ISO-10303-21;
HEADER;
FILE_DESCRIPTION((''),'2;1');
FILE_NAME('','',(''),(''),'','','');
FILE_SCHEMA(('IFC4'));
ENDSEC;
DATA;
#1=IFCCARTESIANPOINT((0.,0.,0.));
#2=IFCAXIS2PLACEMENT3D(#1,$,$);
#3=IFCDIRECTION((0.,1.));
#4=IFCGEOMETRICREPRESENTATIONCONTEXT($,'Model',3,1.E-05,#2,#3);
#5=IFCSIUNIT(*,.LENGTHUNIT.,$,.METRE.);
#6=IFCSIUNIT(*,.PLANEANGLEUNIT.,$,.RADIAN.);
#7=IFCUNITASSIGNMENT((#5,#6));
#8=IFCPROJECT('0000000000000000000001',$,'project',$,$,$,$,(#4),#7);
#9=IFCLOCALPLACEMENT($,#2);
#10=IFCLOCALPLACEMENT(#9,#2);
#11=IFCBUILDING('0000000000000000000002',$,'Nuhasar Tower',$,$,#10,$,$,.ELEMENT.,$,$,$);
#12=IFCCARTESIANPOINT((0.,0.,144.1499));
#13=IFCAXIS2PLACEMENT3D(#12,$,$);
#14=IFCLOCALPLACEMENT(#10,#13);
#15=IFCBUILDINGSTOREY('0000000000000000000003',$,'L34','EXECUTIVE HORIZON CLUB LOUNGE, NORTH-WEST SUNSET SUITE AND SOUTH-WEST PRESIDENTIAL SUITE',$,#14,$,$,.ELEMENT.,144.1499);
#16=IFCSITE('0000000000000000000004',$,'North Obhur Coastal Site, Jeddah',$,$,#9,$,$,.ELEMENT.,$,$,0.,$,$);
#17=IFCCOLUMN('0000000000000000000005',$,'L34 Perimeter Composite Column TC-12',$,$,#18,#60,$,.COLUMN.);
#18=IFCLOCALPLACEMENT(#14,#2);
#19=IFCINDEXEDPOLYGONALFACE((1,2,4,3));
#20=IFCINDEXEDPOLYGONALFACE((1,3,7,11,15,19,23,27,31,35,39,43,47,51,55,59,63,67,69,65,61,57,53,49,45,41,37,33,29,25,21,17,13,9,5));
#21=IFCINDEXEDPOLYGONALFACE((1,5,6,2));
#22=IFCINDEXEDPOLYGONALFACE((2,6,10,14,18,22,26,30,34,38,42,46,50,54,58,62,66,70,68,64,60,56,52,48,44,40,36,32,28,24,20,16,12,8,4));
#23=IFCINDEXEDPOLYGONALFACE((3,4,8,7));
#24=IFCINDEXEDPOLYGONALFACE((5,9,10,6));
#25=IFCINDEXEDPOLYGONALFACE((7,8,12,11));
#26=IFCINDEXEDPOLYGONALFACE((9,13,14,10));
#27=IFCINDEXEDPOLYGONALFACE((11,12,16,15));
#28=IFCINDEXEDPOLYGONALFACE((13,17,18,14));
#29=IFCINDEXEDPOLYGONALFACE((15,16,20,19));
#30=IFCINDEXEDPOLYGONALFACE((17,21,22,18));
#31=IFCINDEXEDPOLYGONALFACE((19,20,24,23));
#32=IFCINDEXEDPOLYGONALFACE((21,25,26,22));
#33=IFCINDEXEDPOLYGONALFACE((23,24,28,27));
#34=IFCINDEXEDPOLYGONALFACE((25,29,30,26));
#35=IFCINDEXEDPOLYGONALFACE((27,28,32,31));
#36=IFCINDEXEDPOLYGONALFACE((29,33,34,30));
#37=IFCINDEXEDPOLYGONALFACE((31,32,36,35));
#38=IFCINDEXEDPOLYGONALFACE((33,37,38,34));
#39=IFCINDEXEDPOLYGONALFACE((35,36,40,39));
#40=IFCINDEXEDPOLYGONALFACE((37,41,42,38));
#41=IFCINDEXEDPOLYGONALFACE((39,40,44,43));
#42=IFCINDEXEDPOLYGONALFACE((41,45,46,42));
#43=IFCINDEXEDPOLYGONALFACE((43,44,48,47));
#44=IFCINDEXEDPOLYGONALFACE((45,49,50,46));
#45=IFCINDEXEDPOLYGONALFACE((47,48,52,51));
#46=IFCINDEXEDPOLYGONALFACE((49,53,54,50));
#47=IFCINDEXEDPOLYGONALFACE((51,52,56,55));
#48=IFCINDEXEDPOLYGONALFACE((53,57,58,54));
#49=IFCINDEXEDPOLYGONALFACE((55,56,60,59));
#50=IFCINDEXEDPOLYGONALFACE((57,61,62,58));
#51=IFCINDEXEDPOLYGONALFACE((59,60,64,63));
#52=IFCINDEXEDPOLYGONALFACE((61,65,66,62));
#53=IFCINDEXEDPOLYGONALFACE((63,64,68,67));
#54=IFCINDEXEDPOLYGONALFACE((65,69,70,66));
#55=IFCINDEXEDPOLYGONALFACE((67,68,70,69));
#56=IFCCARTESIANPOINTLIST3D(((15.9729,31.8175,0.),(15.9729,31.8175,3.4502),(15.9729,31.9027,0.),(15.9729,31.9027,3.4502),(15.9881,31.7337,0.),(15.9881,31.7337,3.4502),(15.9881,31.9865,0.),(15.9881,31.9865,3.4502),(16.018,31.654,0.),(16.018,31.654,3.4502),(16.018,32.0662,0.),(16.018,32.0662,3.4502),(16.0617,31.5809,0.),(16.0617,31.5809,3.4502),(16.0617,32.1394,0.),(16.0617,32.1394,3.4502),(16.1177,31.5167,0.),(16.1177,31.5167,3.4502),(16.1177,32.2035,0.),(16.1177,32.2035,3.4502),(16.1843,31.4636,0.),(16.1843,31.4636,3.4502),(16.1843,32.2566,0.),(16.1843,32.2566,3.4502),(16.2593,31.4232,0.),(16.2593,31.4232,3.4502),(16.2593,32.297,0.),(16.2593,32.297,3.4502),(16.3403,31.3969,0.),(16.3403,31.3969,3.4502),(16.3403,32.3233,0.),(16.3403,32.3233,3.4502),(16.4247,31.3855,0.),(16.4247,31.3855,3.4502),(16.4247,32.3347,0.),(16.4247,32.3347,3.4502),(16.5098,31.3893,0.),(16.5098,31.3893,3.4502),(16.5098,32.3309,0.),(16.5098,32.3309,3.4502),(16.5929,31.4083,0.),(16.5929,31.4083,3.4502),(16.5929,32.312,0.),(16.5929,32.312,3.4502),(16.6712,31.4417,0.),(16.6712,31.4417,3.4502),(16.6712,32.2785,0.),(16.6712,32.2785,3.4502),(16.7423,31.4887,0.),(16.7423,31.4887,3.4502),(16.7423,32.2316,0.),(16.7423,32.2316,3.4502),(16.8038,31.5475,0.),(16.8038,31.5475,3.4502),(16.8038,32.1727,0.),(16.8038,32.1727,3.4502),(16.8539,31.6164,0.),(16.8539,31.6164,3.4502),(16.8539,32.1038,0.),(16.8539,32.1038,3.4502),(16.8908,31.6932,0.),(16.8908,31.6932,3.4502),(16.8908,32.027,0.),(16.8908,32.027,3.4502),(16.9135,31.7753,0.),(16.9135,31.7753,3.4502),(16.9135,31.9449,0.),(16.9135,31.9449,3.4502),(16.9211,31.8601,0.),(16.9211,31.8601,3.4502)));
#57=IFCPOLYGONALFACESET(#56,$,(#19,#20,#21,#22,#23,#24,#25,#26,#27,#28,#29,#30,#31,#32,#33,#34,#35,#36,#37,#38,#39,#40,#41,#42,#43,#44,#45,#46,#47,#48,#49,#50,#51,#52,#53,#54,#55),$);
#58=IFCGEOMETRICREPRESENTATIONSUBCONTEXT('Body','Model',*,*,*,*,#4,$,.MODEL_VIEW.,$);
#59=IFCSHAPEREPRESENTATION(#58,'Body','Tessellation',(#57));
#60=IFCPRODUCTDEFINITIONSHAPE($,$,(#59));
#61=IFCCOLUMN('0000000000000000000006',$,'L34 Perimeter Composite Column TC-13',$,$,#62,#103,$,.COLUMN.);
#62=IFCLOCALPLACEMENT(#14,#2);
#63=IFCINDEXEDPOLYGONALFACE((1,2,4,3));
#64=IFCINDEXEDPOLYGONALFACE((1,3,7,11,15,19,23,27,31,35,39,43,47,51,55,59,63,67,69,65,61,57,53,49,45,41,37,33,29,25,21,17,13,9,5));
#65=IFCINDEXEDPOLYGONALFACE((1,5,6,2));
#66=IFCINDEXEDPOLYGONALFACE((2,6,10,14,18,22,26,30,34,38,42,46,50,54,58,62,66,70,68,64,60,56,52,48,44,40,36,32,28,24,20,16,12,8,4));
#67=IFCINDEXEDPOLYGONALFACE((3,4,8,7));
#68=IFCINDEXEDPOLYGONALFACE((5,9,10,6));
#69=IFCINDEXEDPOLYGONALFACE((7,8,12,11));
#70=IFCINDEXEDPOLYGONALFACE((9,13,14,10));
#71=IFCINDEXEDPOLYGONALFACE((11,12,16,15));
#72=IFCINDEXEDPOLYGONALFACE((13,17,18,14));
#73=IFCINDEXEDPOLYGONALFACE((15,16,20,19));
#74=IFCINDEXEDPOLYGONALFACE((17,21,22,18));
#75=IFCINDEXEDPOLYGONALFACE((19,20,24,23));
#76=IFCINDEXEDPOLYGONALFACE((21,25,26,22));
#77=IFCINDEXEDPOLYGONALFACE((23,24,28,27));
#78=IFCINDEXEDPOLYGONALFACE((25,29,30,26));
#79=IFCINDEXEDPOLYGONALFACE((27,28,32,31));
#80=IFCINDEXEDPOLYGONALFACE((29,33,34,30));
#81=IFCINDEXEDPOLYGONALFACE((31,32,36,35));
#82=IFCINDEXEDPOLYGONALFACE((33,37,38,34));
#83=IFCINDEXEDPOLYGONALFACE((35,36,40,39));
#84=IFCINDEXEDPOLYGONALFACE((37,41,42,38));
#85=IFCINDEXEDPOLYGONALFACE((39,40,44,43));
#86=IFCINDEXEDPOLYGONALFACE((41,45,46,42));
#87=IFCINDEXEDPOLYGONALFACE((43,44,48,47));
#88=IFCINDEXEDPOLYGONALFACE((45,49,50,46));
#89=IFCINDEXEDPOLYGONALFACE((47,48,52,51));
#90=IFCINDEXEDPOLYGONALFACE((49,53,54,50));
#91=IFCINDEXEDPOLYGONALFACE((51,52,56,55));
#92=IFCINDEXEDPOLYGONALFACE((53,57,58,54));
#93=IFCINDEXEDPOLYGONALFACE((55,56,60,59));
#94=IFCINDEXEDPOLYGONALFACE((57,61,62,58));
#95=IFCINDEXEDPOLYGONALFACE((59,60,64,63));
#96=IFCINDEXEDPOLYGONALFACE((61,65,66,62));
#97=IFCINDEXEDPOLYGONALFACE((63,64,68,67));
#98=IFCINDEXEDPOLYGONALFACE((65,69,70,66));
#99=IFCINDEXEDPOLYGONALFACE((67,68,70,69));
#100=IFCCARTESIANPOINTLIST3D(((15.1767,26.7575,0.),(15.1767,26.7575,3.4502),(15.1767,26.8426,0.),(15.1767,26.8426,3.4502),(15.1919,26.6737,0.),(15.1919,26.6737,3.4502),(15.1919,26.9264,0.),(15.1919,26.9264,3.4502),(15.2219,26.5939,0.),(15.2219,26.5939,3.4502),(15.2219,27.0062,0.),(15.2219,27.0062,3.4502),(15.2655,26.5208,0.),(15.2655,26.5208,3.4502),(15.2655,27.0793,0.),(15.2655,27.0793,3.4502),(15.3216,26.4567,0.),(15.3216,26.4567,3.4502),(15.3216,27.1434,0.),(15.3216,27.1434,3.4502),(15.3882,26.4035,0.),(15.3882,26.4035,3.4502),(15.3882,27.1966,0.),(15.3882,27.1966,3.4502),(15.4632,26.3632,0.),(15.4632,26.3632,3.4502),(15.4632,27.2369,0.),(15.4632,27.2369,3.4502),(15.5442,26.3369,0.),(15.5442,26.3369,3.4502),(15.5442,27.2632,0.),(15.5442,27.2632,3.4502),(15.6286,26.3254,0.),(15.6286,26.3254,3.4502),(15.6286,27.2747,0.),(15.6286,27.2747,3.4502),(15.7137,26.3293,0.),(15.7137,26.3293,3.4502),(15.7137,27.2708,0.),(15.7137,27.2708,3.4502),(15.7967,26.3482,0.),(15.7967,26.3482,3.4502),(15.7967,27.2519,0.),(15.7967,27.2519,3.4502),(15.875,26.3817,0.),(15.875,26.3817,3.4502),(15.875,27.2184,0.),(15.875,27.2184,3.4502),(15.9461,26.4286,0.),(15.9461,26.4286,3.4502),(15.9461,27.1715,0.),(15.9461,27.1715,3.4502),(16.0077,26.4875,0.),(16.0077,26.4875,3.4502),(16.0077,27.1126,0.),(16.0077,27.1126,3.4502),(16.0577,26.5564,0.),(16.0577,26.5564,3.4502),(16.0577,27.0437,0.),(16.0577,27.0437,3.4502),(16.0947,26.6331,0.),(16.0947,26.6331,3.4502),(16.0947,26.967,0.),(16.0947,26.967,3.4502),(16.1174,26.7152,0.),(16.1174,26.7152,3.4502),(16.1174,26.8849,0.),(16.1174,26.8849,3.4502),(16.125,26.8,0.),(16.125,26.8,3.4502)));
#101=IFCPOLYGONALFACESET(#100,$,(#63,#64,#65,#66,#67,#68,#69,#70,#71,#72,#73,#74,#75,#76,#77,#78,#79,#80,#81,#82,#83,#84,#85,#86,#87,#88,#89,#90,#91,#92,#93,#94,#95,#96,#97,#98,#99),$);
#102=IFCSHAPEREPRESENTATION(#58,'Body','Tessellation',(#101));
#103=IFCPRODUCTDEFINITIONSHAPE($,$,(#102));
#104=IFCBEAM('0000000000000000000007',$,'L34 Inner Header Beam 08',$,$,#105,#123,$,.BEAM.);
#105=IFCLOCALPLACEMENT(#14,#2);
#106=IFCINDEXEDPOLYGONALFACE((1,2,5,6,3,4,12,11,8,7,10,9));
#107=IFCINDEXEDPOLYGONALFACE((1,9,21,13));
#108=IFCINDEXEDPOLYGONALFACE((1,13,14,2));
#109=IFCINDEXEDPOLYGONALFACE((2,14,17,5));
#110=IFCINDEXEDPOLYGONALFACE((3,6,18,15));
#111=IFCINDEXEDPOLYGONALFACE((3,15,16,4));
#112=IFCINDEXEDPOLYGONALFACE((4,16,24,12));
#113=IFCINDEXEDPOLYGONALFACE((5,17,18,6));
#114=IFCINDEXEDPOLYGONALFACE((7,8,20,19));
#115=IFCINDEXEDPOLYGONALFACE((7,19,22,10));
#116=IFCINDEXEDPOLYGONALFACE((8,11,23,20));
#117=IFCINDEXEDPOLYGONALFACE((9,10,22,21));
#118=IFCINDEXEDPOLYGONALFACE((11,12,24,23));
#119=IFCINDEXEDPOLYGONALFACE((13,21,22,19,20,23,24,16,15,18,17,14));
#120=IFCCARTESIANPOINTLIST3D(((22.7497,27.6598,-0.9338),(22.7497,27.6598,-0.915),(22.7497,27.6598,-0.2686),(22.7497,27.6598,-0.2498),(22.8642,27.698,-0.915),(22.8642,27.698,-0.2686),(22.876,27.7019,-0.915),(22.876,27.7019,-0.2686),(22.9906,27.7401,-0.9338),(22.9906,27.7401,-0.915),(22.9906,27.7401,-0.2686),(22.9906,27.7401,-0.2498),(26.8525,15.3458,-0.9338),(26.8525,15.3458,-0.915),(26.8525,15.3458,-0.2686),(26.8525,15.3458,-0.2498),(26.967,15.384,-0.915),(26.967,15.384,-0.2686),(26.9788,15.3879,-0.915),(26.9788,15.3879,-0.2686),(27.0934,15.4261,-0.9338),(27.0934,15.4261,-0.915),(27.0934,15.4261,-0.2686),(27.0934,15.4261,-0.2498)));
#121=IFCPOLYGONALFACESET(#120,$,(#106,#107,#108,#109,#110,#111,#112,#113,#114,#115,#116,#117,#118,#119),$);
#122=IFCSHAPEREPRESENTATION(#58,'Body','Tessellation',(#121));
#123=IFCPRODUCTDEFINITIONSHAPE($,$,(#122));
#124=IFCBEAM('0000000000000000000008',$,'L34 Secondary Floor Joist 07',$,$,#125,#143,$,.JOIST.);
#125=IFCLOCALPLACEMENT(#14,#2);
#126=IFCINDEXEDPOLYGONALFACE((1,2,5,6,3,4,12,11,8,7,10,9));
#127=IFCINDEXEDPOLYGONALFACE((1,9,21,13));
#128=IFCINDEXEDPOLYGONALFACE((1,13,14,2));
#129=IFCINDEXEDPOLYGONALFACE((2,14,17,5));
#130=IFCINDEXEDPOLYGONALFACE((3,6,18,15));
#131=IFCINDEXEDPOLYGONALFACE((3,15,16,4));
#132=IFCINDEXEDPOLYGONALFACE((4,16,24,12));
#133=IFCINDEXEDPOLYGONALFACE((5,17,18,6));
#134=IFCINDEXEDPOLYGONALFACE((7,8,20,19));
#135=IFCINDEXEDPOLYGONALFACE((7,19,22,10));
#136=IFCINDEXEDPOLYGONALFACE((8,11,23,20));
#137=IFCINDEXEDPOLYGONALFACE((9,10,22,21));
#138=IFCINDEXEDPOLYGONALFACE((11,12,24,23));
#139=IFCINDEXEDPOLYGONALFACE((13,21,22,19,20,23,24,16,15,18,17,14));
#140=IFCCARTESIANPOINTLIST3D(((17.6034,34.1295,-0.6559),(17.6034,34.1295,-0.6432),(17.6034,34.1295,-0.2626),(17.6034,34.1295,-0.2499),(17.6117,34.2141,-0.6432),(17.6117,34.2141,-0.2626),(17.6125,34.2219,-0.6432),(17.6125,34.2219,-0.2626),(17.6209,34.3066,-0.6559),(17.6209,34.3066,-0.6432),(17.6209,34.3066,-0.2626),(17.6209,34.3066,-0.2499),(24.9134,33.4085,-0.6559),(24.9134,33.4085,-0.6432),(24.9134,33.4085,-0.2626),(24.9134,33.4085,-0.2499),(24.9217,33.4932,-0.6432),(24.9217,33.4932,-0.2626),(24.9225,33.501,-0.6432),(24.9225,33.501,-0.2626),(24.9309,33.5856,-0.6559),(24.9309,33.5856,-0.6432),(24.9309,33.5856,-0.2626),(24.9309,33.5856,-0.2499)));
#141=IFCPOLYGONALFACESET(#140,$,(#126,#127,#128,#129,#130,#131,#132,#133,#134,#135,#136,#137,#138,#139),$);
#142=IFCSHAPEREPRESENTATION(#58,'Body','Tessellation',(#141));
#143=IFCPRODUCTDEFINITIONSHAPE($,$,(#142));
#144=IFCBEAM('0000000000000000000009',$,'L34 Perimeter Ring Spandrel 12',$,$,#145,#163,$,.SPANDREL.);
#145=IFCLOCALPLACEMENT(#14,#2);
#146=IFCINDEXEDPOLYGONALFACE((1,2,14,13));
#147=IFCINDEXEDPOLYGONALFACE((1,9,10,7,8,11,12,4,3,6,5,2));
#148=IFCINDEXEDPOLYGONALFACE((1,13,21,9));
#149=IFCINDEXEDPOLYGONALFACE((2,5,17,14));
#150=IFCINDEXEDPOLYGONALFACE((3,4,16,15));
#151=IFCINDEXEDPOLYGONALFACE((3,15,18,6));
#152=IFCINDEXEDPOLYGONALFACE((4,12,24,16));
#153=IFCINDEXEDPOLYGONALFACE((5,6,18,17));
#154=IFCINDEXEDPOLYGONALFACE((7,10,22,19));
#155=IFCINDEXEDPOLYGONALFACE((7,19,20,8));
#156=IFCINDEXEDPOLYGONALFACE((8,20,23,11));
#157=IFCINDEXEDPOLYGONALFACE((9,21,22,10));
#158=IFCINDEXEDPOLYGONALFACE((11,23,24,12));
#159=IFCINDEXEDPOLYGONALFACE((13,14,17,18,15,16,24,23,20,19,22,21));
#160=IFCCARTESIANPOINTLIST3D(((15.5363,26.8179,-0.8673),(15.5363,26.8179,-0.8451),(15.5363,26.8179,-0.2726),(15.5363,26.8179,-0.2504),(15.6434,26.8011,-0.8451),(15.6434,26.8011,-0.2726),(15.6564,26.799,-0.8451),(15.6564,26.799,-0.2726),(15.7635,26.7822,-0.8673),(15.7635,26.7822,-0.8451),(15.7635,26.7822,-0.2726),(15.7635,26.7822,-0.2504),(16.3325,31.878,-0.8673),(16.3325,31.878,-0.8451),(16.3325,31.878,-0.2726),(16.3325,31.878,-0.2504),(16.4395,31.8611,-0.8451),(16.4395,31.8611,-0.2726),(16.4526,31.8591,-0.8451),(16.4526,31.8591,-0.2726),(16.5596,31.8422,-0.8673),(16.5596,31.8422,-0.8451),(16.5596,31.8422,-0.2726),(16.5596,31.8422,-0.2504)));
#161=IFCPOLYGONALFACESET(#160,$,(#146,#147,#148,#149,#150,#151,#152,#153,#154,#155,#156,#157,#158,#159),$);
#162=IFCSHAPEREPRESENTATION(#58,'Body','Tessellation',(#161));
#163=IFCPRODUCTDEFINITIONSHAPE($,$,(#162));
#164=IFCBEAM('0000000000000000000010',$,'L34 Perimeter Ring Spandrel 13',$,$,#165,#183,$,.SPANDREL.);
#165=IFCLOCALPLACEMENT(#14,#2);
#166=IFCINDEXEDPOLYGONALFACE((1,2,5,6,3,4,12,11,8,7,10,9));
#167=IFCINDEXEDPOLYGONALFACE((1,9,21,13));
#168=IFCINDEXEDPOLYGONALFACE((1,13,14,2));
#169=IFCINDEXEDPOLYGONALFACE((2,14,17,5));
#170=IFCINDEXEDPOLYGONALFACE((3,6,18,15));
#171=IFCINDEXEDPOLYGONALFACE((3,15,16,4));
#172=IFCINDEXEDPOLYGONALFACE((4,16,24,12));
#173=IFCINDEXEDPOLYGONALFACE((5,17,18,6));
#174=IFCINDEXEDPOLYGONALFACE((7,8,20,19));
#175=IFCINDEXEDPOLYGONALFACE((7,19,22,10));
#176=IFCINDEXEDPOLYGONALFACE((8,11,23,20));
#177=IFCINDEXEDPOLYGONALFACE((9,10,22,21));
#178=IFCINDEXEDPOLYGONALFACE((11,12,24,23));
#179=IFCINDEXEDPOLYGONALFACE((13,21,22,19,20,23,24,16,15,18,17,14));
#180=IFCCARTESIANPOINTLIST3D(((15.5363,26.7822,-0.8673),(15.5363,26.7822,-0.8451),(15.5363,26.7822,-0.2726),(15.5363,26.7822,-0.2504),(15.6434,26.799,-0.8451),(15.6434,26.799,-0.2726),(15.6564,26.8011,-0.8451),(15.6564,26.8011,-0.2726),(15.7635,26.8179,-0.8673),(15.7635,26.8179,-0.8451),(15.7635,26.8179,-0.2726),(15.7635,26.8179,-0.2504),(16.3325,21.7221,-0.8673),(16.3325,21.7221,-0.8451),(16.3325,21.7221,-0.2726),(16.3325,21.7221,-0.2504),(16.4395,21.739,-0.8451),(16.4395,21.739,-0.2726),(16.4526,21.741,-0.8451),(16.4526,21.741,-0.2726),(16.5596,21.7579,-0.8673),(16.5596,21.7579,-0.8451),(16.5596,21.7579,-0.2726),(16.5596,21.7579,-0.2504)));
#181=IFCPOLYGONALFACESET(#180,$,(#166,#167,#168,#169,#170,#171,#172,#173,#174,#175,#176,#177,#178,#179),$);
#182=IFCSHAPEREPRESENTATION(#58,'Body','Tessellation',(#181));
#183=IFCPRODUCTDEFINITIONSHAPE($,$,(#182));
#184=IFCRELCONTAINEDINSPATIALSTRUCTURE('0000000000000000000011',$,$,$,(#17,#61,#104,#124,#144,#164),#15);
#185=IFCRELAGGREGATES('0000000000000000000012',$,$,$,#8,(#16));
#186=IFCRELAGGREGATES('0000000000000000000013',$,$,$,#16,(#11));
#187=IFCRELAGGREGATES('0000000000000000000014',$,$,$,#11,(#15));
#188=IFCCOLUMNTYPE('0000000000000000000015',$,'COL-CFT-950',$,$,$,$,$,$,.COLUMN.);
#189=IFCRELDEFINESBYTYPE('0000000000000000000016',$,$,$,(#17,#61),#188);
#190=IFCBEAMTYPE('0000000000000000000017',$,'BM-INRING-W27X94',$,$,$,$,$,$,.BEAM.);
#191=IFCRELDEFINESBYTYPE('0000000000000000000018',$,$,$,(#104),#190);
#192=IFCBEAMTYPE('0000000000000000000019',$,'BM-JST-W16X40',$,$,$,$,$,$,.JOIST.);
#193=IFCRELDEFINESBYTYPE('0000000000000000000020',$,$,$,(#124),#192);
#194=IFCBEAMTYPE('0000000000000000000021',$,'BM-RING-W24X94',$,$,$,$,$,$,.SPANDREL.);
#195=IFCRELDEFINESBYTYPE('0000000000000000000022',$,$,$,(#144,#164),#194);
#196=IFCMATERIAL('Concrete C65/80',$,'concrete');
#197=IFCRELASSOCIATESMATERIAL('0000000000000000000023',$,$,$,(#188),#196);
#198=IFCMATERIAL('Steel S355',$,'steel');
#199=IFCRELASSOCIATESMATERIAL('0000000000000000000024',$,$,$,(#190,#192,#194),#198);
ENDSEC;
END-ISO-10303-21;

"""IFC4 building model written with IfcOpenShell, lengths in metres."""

from ifc_helpers import new_model, si_unit, direction, frame, origin, origin_2d, place, context, subcontext, project, spatial, circle, i_section, extrude, material, material_profile, profile_set, type_object, element, save


model = new_model("IFC4")

# Units and contexts
model_context = context("Model", 3, precision=1e-05, world=origin(), true_north=direction((0.0, 1.0)))
body_context = subcontext(model_context, "Body", "Model", "MODEL_VIEW")
ifc_project = project(units=[si_unit("LENGTHUNIT", "METRE"), si_unit("PLANEANGLEUNIT", "RADIAN")], contexts=[model_context])

# Site, building, storey
site_placement = place(None, origin())
site = spatial("IfcSite", under=ifc_project, at=site_placement, Name="North Obhur Coastal Site, Jeddah", CompositionType="ELEMENT", RefElevation=0.0)
building_placement = place(site_placement, origin())
building = spatial("IfcBuilding", under=site, at=building_placement, Name="Nuhasar Tower", CompositionType="ELEMENT")
storey_placement = place(building_placement, frame((0.0, 0.0, 144.1499)))
storey = spatial("IfcBuildingStorey", under=building, at=storey_placement, Name="L34", Description="EXECUTIVE HORIZON CLUB LOUNGE, NORTH-WEST SUNSET SUITE AND SOUTH-WEST PRESIDENTIAL SUITE", CompositionType="ELEMENT", Elevation=144.1499)

# Columns
ifc_material_1 = material(Name="Concrete C65/80", Category="concrete")
ifc_material_profile_1 = material_profile(ifc_material_1, circle(Radius=0.4751, at=origin_2d()), Name="CFT950")
ifc_profile_set_1 = profile_set([ifc_material_profile_1], Name="Concrete C65/80")
column_type = type_object("IfcColumnType", Name="COL-CFT-950", PredefinedType="COLUMN", material=ifc_profile_set_1)
for number, where, z_axis, x_axis, name in (
    (1, (16.446, 31.8601, 0.0), (0.0, 0.0, 1.0), (1.0, 0.0, 0.0), "L34 Perimeter Composite Column TC-12"),
    (2, (15.6499, 26.8, 0.0), (0.0, 0.0, 1.0), (1.0, 0.0, 0.0), "L34 Perimeter Composite Column TC-13"),
):
    element("IfcColumn", number, at=place(storey_placement, frame(where, z_axis=z_axis, x_axis=x_axis)), inside=storey, type_object=column_type, Name=name, PredefinedType="COLUMN", context=body_context, shape_type="SweptSolid", body=[
        extrude(circle(Radius=0.4751, at=origin_2d()), origin(), (0.0, 0.0, 1.0), 3.4502),
    ])

# Beams
ifc_material_2 = material(Name="Steel S355", Category="steel")
ifc_material_profile_2 = material_profile(ifc_material_2, i_section(OverallWidth=0.2539, OverallDepth=0.6841, WebThickness=0.0125, FlangeThickness=0.0188, at=origin_2d()), Name="W27X94")
ifc_profile_set_2 = profile_set([ifc_material_profile_2], Name="Steel S355")
beam_type_1 = type_object("IfcBeamType", Name="BM-INRING-W27X94", PredefinedType="BEAM", material=ifc_profile_set_2)
beam_1_placement = place(storey_placement, frame((22.8701, 27.7, -0.5918), z_axis=(0.316098, -0.948727, 0.0), x_axis=(0.948727, 0.316098, 0.0)))
element("IfcBeam", 3, at=beam_1_placement, inside=storey, type_object=beam_type_1, Name="L34 Inner Header Beam 08", PredefinedType="BEAM", context=body_context, shape_type="SweptSolid", body=[
    extrude(i_section(OverallWidth=0.2539, OverallDepth=0.6841, WebThickness=0.0125, FlangeThickness=0.0188, at=origin_2d()), origin(), (0.0, 0.0, 1.0), 12.9795),
])
ifc_material_profile_3 = material_profile(ifc_material_2, i_section(OverallWidth=0.178, OverallDepth=0.406, WebThickness=0.0078, FlangeThickness=0.0127, at=origin_2d()), Name="W16X40")
ifc_profile_set_3 = profile_set([ifc_material_profile_3], Name="Steel S355")
beam_type_2 = type_object("IfcBeamType", Name="BM-JST-W16X40", PredefinedType="JOIST", material=ifc_profile_set_3)
beam_2_placement = place(storey_placement, frame((24.9221, 33.4971, -0.4529), z_axis=(-0.995172, 0.098148, 0.0), x_axis=(-0.098148, -0.995172, 0.0)))
element("IfcBeam", 4, at=beam_2_placement, inside=storey, type_object=beam_type_2, Name="L34 Secondary Floor Joist 07", PredefinedType="JOIST", context=body_context, shape_type="SweptSolid", body=[
    extrude(i_section(OverallWidth=0.178, OverallDepth=0.406, WebThickness=0.0078, FlangeThickness=0.0127, at=origin_2d()), origin(), (0.0, 0.0, 1.0), 7.3455),
])
ifc_material_profile_4 = material_profile(ifc_material_2, i_section(OverallWidth=0.23, OverallDepth=0.6169, WebThickness=0.0132, FlangeThickness=0.0222, at=origin_2d()), Name="W24X94")
ifc_profile_set_4 = profile_set([ifc_material_profile_4], Name="Steel S355")
beam_type_3 = type_object("IfcBeamType", Name="BM-RING-W24X94", PredefinedType="SPANDREL", material=ifc_profile_set_4)
for number, where, z_axis, x_axis, name in (
    (5, (16.446, 31.8601, -0.5588), (-0.155427, -0.987847, 0.0), (0.987847, -0.155427, 0.0), "L34 Perimeter Ring Spandrel 12"),
    (6, (15.6499, 26.8, -0.5588), (0.155427, -0.987847, 0.0), (0.987847, 0.155427, 0.0), "L34 Perimeter Ring Spandrel 13"),
):
    element("IfcBeam", number, at=place(storey_placement, frame(where, z_axis=z_axis, x_axis=x_axis)), inside=storey, type_object=beam_type_3, Name=name, PredefinedType="SPANDREL", context=body_context, shape_type="SweptSolid", body=[
        extrude(i_section(OverallWidth=0.23, OverallDepth=0.6169, WebThickness=0.0132, FlangeThickness=0.0222, at=origin_2d()), origin(), (0.0, 0.0, 1.0), 5.1223),
    ])

save(model, "model.ifc")
